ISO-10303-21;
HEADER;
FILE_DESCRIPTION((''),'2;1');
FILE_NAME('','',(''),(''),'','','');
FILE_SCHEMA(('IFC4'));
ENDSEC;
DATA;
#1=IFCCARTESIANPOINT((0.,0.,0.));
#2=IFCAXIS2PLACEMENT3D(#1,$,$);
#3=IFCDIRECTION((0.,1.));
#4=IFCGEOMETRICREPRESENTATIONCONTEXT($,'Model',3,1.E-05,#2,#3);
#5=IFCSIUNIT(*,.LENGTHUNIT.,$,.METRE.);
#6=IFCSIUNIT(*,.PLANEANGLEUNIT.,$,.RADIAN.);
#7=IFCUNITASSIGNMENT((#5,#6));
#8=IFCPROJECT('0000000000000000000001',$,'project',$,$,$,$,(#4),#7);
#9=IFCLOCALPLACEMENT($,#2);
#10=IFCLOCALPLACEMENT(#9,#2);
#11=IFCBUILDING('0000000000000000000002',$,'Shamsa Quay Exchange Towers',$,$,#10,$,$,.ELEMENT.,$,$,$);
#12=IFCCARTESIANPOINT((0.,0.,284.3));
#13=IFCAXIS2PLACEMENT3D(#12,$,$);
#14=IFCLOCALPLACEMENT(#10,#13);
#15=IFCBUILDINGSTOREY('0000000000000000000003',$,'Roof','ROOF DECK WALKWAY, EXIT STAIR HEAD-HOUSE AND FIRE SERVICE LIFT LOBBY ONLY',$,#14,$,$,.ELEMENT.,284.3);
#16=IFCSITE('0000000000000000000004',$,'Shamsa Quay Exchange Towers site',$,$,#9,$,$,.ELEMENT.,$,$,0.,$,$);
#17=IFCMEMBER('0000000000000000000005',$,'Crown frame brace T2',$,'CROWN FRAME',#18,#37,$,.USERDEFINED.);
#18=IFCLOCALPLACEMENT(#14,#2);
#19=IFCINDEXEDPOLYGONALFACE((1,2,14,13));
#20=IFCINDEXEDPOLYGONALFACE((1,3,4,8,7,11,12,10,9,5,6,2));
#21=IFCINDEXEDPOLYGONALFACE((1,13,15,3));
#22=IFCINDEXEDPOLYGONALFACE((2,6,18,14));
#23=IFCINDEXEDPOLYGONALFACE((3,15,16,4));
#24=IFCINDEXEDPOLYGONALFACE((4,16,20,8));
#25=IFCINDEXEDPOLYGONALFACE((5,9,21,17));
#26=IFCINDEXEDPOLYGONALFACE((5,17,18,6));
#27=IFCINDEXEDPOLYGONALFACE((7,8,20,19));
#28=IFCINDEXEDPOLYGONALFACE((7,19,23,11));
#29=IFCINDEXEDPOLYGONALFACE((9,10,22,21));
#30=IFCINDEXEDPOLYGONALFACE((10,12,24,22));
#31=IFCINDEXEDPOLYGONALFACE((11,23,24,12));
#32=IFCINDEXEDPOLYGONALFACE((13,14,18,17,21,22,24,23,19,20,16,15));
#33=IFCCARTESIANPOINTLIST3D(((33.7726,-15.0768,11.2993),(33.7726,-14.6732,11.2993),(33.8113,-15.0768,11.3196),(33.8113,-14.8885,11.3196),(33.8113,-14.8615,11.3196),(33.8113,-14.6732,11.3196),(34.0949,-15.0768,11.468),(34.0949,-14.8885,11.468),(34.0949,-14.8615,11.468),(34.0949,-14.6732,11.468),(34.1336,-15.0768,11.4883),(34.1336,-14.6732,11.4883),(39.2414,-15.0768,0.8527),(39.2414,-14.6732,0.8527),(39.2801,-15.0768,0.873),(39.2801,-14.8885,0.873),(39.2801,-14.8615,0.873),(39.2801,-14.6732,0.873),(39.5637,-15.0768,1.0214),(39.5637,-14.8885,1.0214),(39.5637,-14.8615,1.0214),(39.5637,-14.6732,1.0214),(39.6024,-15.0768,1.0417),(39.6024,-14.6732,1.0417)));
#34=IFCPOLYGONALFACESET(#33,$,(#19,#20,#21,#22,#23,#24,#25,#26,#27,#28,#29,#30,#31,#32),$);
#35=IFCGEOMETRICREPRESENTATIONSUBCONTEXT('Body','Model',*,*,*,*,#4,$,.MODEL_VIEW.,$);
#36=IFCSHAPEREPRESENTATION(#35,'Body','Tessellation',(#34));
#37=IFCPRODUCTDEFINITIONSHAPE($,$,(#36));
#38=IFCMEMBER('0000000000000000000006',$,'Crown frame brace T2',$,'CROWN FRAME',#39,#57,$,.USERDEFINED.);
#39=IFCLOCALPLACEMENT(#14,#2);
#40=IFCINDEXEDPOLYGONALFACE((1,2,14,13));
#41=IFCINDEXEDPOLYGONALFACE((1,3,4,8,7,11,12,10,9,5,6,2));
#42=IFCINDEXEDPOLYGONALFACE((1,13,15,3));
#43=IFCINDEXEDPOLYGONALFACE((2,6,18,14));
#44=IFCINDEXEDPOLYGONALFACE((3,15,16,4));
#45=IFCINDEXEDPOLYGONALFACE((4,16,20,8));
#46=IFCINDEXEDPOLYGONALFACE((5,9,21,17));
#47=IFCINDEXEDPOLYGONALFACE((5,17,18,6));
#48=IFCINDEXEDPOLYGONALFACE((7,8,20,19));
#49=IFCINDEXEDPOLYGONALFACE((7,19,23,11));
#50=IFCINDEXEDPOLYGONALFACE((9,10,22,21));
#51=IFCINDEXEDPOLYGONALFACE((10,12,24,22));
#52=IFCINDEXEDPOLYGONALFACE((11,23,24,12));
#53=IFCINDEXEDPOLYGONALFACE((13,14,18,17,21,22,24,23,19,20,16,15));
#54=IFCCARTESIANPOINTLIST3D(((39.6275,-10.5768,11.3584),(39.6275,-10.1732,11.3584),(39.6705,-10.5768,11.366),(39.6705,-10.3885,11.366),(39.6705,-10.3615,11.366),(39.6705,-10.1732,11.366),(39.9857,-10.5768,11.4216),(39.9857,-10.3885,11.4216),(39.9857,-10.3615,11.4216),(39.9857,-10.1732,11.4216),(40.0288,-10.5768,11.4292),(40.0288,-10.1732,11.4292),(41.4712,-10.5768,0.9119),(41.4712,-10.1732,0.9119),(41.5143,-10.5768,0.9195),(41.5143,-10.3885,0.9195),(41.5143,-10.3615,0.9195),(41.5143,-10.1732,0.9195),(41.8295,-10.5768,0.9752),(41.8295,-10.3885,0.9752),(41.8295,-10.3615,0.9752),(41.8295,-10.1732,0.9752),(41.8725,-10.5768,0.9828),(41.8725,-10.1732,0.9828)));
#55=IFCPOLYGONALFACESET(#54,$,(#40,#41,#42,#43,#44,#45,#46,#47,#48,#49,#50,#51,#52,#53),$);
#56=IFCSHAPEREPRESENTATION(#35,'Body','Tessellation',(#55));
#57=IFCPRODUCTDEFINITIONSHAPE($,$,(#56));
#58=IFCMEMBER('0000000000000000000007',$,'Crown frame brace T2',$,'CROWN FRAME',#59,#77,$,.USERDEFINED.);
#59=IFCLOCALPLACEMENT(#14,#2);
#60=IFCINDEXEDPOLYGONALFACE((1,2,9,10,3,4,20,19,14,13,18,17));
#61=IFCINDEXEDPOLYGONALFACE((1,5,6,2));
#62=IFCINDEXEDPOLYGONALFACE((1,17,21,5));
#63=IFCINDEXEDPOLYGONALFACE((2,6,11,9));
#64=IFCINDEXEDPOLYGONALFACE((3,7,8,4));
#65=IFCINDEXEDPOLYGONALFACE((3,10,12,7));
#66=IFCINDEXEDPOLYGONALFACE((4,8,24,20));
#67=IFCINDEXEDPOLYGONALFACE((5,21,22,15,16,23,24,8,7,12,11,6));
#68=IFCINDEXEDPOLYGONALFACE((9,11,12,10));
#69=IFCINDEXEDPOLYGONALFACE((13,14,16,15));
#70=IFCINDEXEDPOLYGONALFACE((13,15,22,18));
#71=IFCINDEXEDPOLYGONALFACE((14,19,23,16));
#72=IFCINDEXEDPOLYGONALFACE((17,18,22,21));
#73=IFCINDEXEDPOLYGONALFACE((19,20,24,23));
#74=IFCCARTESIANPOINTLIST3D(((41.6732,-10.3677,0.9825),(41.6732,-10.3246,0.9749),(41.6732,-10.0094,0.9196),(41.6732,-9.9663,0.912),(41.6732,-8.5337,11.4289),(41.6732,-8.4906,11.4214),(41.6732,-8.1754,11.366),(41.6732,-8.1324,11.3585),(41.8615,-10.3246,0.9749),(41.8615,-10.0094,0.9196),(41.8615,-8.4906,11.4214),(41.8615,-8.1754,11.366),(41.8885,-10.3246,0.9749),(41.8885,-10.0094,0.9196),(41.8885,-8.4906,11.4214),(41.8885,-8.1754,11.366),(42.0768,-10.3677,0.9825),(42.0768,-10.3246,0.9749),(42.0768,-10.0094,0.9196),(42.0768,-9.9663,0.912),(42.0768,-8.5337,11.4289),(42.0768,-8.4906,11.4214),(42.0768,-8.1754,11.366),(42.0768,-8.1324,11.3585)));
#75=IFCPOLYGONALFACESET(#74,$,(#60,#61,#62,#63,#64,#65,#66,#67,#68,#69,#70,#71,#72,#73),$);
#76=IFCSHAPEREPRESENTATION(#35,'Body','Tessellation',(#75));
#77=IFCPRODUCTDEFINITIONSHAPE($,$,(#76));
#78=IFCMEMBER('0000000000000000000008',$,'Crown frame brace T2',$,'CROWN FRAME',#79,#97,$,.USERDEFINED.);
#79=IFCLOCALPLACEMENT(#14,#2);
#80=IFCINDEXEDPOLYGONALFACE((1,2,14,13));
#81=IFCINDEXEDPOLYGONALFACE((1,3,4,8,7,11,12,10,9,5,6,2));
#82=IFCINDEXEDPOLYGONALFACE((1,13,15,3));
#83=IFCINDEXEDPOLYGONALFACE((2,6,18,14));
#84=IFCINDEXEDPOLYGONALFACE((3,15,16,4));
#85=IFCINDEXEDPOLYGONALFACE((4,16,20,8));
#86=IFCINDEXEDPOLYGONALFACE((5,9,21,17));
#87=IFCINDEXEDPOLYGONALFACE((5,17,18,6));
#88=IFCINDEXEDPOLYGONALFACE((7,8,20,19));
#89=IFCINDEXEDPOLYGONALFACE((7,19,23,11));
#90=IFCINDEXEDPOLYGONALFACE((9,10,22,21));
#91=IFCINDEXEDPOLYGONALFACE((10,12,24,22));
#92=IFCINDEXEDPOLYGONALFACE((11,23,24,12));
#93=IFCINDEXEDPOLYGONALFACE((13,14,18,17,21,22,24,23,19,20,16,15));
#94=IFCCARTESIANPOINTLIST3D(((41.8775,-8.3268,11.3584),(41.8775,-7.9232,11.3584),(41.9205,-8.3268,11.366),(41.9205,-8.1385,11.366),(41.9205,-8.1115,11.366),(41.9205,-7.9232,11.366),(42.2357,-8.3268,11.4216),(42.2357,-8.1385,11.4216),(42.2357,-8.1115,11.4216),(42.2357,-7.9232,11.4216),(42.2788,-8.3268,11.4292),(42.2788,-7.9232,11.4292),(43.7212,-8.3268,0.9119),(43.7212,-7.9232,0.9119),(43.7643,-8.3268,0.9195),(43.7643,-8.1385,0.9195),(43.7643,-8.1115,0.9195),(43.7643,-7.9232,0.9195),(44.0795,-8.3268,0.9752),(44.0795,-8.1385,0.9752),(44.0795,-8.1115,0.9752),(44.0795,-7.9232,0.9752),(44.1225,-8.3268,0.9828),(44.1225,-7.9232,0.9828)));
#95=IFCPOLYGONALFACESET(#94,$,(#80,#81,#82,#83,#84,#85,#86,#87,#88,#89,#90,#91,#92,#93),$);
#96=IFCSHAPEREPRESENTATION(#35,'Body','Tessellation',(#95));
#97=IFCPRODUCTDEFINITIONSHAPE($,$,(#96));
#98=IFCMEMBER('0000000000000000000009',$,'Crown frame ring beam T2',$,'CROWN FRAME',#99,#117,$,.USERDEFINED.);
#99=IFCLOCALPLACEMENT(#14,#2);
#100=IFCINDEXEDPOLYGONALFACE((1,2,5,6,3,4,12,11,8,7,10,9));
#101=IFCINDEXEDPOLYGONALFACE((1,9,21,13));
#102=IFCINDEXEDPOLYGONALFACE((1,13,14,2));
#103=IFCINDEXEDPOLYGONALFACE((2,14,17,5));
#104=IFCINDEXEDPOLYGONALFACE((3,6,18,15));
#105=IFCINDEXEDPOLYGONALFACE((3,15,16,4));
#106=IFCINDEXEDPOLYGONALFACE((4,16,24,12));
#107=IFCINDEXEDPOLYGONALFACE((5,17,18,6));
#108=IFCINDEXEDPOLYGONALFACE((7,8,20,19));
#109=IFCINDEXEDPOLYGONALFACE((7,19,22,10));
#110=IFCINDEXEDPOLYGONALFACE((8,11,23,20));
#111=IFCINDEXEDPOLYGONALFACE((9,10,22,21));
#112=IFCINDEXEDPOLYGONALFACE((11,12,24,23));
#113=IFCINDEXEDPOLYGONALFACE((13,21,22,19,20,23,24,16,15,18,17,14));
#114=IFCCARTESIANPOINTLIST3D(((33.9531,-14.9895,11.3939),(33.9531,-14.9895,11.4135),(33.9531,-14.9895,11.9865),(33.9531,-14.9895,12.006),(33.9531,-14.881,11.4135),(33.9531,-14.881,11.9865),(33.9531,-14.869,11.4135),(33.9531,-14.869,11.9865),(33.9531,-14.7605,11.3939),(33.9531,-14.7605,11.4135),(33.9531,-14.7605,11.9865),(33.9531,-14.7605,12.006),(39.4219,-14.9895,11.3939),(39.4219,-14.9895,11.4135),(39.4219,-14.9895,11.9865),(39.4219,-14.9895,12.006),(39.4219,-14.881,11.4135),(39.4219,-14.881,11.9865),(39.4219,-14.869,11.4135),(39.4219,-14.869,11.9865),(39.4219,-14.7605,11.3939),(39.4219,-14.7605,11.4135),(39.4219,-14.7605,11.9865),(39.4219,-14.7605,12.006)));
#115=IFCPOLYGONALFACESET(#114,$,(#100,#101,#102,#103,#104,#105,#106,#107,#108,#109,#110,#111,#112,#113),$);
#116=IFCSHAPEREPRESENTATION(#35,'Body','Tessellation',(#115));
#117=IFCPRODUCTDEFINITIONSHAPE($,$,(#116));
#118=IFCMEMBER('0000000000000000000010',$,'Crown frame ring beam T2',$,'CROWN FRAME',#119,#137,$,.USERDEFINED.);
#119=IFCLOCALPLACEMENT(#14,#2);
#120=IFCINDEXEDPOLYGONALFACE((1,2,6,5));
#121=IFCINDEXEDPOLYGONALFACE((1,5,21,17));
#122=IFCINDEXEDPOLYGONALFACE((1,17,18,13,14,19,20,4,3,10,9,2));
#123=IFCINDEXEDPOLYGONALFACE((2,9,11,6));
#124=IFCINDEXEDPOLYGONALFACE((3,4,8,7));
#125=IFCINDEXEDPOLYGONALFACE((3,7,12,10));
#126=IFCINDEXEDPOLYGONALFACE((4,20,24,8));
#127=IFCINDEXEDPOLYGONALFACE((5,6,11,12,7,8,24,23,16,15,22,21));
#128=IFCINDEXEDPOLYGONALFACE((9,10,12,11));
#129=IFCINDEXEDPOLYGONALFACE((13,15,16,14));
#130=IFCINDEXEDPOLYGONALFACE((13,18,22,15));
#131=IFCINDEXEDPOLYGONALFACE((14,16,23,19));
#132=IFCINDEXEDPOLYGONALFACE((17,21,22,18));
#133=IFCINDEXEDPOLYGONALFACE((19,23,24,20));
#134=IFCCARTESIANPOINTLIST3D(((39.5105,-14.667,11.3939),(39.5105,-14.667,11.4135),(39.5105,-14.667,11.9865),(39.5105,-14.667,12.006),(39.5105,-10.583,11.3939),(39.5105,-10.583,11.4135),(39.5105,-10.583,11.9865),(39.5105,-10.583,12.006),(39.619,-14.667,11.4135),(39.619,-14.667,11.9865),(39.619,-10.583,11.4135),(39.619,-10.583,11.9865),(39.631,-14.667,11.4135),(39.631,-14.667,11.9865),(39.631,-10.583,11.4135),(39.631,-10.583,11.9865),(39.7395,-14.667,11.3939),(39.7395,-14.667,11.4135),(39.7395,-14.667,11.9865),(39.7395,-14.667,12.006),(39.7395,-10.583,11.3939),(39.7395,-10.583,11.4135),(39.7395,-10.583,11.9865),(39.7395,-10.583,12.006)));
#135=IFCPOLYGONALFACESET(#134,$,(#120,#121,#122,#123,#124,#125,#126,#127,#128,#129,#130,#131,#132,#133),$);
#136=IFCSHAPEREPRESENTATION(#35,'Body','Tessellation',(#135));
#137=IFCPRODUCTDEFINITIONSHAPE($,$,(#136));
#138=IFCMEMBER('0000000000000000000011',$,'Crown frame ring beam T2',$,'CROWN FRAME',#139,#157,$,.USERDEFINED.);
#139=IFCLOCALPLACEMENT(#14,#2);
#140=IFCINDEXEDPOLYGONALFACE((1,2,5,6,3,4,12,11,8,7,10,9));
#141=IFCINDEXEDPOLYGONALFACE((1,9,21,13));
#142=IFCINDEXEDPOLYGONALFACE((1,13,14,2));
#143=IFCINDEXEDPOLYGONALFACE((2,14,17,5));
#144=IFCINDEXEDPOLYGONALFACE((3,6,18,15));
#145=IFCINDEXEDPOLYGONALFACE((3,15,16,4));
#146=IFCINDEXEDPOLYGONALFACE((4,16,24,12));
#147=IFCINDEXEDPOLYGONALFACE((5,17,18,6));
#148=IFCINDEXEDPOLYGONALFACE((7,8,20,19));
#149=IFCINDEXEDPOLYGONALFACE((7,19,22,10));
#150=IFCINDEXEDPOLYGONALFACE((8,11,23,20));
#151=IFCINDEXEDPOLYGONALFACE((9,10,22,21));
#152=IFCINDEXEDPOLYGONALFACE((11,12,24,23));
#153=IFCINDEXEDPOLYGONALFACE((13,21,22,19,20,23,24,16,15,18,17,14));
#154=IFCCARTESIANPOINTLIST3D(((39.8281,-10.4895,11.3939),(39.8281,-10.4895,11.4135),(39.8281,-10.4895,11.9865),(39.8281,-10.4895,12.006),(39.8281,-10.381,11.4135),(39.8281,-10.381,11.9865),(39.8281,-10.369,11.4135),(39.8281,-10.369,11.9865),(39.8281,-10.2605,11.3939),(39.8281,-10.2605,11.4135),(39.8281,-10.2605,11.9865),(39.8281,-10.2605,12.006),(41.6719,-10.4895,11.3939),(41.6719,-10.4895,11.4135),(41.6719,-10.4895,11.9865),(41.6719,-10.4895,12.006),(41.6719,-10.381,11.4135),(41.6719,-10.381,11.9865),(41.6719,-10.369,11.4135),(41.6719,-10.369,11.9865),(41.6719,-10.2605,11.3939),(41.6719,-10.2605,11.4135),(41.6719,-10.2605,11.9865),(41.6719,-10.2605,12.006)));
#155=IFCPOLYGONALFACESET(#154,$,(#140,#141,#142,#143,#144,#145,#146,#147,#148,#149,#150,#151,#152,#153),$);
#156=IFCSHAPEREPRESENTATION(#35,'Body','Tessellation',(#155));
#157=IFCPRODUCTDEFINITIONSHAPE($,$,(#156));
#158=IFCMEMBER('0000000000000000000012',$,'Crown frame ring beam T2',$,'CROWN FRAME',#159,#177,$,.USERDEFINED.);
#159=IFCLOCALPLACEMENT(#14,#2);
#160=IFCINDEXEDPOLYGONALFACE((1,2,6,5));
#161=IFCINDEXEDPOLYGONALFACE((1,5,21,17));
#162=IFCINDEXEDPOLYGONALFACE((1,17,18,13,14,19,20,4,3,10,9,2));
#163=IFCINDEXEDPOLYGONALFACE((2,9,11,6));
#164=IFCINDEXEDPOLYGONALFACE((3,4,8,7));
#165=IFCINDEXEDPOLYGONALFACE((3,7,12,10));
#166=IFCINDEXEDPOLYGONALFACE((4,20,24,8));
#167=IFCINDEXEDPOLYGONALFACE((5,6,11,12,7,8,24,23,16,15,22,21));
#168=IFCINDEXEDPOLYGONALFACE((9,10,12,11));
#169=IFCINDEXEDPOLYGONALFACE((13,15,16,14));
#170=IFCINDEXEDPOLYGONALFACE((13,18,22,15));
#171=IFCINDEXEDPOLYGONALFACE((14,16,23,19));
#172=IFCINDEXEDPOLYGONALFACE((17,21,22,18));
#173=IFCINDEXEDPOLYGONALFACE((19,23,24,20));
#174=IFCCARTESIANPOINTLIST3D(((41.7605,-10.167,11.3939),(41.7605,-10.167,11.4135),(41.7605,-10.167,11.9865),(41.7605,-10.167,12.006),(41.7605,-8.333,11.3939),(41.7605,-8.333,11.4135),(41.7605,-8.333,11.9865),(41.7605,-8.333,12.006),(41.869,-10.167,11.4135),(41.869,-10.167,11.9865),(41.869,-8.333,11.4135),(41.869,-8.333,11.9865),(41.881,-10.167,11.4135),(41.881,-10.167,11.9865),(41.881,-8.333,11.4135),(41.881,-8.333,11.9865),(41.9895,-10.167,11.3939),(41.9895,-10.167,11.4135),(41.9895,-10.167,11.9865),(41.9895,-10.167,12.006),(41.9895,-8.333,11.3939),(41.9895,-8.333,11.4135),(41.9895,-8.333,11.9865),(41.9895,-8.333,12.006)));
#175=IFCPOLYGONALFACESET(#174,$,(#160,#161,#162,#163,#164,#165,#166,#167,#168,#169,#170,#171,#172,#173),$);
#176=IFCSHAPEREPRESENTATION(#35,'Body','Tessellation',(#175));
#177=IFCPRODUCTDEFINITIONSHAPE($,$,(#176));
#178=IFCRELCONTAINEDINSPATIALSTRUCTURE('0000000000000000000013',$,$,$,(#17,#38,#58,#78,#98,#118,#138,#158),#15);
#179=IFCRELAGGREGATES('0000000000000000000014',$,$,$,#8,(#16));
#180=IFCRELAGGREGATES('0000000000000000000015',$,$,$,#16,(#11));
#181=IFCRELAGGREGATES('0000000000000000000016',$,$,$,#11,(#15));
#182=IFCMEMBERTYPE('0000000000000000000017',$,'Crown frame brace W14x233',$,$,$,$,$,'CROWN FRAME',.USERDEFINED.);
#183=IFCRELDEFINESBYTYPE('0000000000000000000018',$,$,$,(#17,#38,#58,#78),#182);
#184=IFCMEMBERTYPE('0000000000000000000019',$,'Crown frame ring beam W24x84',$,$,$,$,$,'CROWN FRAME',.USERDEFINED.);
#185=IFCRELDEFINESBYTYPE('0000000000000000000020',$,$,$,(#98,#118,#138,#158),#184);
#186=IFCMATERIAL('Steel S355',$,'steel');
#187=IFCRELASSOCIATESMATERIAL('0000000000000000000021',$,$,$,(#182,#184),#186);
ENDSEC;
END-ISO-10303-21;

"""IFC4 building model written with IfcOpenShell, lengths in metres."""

from ifc_helpers import new_model, si_unit, direction, frame, origin, origin_2d, place, context, subcontext, project, spatial, i_section, extrude, material, material_profile, profile_set, type_object, element, save


model = new_model("IFC4")

# Units and contexts
model_context = context("Model", 3, precision=1e-05, world=origin(), true_north=direction((0.0, 1.0)))
body_context = subcontext(model_context, "Body", "Model", "MODEL_VIEW")
ifc_project = project(units=[si_unit("LENGTHUNIT", "METRE"), si_unit("PLANEANGLEUNIT", "RADIAN")], contexts=[model_context])

# Site, building, storey
site_placement = place(None, origin())
site = spatial("IfcSite", under=ifc_project, at=site_placement, Name="Shamsa Quay Exchange Towers site", CompositionType="ELEMENT", RefElevation=0.0)
building_placement = place(site_placement, origin())
building = spatial("IfcBuilding", under=site, at=building_placement, Name="Shamsa Quay Exchange Towers", CompositionType="ELEMENT")
storey_placement = place(building_placement, frame((0.0, 0.0, 284.3)))
storey = spatial("IfcBuildingStorey", under=building, at=storey_placement, Name="Roof", Description="ROOF DECK WALKWAY, EXIT STAIR HEAD-HOUSE AND FIRE SERVICE LIFT LOBBY ONLY", CompositionType="ELEMENT", Elevation=284.3)

# Members
ifc_material_1 = material(Name="Steel S355", Category="steel")
ifc_material_profile_1 = material_profile(ifc_material_1, i_section(OverallWidth=0.4036, OverallDepth=0.4075, WebThickness=0.0271, FlangeThickness=0.0437, at=origin_2d()), Name="W14x233")
ifc_profile_set_1 = profile_set([ifc_material_profile_1], Name="Steel S355")
member_type_1 = type_object("IfcMemberType", Name="Crown frame brace W14x233", ElementType="CROWN FRAME", PredefinedType="USERDEFINED", material=ifc_profile_set_1)
member_1_placement = place(storey_placement, frame((33.9531, -14.875, 11.3938), z_axis=(0.463791, 0.0, -0.885945), x_axis=(0.0, 1.0, 0.0)))
element("IfcMember", 1, at=member_1_placement, inside=storey, type_object=member_type_1, Name="Crown frame brace T2", ObjectType="CROWN FRAME", PredefinedType="USERDEFINED", context=body_context, shape_type="SweptSolid", body=[
    extrude(i_section(OverallWidth=0.4036, OverallDepth=0.4075, WebThickness=0.0271, FlangeThickness=0.0437, at=origin_2d()), origin(), (0.0, 0.0, 1.0), 11.7915),
])
member_2_placement = place(storey_placement, frame((39.8281, -10.375, 11.3938), z_axis=(0.173808, 0.0, -0.98478), x_axis=(0.0, 1.0, 0.0)))
element("IfcMember", 2, at=member_2_placement, inside=storey, type_object=member_type_1, Name="Crown frame brace T2", ObjectType="CROWN FRAME", PredefinedType="USERDEFINED", context=body_context, shape_type="SweptSolid", body=[
    extrude(i_section(OverallWidth=0.4036, OverallDepth=0.4075, WebThickness=0.0271, FlangeThickness=0.0437, at=origin_2d()), origin(), (0.0, 0.0, 1.0), 10.6079),
])
member_3_placement = place(storey_placement, frame((41.875, -10.167, 0.9473), z_axis=(0.0, 0.172915, 0.984937), x_axis=(-1.0, 0.0, 0.0)))
element("IfcMember", 3, at=member_3_placement, inside=storey, type_object=member_type_1, Name="Crown frame brace T2", ObjectType="CROWN FRAME", PredefinedType="USERDEFINED", context=body_context, shape_type="SweptSolid", body=[
    extrude(i_section(OverallWidth=0.4036, OverallDepth=0.4075, WebThickness=0.0271, FlangeThickness=0.0437, at=origin_2d()), origin(), (0.0, 0.0, 1.0), 10.6062),
])
member_4_placement = place(storey_placement, frame((42.0781, -8.125, 11.3938), z_axis=(0.173808, 0.0, -0.98478), x_axis=(0.0, 1.0, 0.0)))
element("IfcMember", 4, at=member_4_placement, inside=storey, type_object=member_type_1, Name="Crown frame brace T2", ObjectType="CROWN FRAME", PredefinedType="USERDEFINED", context=body_context, shape_type="SweptSolid", body=[
    extrude(i_section(OverallWidth=0.4036, OverallDepth=0.4075, WebThickness=0.0271, FlangeThickness=0.0437, at=origin_2d()), origin(), (0.0, 0.0, 1.0), 10.6079),
])
ifc_material_profile_2 = material_profile(ifc_material_1, i_section(OverallWidth=0.229, OverallDepth=0.6121, WebThickness=0.012, FlangeThickness=0.0195, at=origin_2d()), Name="W24x84")
ifc_profile_set_2 = profile_set([ifc_material_profile_2], Name="Steel S355")
member_type_2 = type_object("IfcMemberType", Name="Crown frame ring beam W24x84", ElementType="CROWN FRAME", PredefinedType="USERDEFINED", material=ifc_profile_set_2)
member_5_placement = place(storey_placement, frame((33.9531, -14.875, 11.7), z_axis=(1.0, 0.0, 0.0), x_axis=(0.0, 1.0, 0.0)))
element("IfcMember", 5, at=member_5_placement, inside=storey, type_object=member_type_2, Name="Crown frame ring beam T2", ObjectType="CROWN FRAME", PredefinedType="USERDEFINED", context=body_context, shape_type="SweptSolid", body=[
    extrude(i_section(OverallWidth=0.229, OverallDepth=0.6121, WebThickness=0.012, FlangeThickness=0.0195, at=origin_2d()), origin(), (0.0, 0.0, 1.0), 5.4688),
])
member_6_placement = place(storey_placement, frame((39.625, -14.667, 11.7), z_axis=(0.0, 1.0, 0.0), x_axis=(-1.0, 0.0, 0.0)))
element("IfcMember", 6, at=member_6_placement, inside=storey, type_object=member_type_2, Name="Crown frame ring beam T2", ObjectType="CROWN FRAME", PredefinedType="USERDEFINED", context=body_context, shape_type="SweptSolid", body=[
    extrude(i_section(OverallWidth=0.229, OverallDepth=0.6121, WebThickness=0.012, FlangeThickness=0.0195, at=origin_2d()), origin(), (0.0, 0.0, 1.0), 4.084),
])
member_7_placement = place(storey_placement, frame((39.8281, -10.375, 11.7), z_axis=(1.0, 0.0, 0.0), x_axis=(0.0, 1.0, 0.0)))
element("IfcMember", 7, at=member_7_placement, inside=storey, type_object=member_type_2, Name="Crown frame ring beam T2", ObjectType="CROWN FRAME", PredefinedType="USERDEFINED", context=body_context, shape_type="SweptSolid", body=[
    extrude(i_section(OverallWidth=0.229, OverallDepth=0.6121, WebThickness=0.012, FlangeThickness=0.0195, at=origin_2d()), origin(), (0.0, 0.0, 1.0), 1.8438),
])
member_8_placement = place(storey_placement, frame((41.875, -10.167, 11.7), z_axis=(0.0, 1.0, 0.0), x_axis=(-1.0, 0.0, 0.0)))
element("IfcMember", 8, at=member_8_placement, inside=storey, type_object=member_type_2, Name="Crown frame ring beam T2", ObjectType="CROWN FRAME", PredefinedType="USERDEFINED", context=body_context, shape_type="SweptSolid", body=[
    extrude(i_section(OverallWidth=0.229, OverallDepth=0.6121, WebThickness=0.012, FlangeThickness=0.0195, at=origin_2d()), origin(), (0.0, 0.0, 1.0), 1.834),
])

save(model, "model.ifc")
